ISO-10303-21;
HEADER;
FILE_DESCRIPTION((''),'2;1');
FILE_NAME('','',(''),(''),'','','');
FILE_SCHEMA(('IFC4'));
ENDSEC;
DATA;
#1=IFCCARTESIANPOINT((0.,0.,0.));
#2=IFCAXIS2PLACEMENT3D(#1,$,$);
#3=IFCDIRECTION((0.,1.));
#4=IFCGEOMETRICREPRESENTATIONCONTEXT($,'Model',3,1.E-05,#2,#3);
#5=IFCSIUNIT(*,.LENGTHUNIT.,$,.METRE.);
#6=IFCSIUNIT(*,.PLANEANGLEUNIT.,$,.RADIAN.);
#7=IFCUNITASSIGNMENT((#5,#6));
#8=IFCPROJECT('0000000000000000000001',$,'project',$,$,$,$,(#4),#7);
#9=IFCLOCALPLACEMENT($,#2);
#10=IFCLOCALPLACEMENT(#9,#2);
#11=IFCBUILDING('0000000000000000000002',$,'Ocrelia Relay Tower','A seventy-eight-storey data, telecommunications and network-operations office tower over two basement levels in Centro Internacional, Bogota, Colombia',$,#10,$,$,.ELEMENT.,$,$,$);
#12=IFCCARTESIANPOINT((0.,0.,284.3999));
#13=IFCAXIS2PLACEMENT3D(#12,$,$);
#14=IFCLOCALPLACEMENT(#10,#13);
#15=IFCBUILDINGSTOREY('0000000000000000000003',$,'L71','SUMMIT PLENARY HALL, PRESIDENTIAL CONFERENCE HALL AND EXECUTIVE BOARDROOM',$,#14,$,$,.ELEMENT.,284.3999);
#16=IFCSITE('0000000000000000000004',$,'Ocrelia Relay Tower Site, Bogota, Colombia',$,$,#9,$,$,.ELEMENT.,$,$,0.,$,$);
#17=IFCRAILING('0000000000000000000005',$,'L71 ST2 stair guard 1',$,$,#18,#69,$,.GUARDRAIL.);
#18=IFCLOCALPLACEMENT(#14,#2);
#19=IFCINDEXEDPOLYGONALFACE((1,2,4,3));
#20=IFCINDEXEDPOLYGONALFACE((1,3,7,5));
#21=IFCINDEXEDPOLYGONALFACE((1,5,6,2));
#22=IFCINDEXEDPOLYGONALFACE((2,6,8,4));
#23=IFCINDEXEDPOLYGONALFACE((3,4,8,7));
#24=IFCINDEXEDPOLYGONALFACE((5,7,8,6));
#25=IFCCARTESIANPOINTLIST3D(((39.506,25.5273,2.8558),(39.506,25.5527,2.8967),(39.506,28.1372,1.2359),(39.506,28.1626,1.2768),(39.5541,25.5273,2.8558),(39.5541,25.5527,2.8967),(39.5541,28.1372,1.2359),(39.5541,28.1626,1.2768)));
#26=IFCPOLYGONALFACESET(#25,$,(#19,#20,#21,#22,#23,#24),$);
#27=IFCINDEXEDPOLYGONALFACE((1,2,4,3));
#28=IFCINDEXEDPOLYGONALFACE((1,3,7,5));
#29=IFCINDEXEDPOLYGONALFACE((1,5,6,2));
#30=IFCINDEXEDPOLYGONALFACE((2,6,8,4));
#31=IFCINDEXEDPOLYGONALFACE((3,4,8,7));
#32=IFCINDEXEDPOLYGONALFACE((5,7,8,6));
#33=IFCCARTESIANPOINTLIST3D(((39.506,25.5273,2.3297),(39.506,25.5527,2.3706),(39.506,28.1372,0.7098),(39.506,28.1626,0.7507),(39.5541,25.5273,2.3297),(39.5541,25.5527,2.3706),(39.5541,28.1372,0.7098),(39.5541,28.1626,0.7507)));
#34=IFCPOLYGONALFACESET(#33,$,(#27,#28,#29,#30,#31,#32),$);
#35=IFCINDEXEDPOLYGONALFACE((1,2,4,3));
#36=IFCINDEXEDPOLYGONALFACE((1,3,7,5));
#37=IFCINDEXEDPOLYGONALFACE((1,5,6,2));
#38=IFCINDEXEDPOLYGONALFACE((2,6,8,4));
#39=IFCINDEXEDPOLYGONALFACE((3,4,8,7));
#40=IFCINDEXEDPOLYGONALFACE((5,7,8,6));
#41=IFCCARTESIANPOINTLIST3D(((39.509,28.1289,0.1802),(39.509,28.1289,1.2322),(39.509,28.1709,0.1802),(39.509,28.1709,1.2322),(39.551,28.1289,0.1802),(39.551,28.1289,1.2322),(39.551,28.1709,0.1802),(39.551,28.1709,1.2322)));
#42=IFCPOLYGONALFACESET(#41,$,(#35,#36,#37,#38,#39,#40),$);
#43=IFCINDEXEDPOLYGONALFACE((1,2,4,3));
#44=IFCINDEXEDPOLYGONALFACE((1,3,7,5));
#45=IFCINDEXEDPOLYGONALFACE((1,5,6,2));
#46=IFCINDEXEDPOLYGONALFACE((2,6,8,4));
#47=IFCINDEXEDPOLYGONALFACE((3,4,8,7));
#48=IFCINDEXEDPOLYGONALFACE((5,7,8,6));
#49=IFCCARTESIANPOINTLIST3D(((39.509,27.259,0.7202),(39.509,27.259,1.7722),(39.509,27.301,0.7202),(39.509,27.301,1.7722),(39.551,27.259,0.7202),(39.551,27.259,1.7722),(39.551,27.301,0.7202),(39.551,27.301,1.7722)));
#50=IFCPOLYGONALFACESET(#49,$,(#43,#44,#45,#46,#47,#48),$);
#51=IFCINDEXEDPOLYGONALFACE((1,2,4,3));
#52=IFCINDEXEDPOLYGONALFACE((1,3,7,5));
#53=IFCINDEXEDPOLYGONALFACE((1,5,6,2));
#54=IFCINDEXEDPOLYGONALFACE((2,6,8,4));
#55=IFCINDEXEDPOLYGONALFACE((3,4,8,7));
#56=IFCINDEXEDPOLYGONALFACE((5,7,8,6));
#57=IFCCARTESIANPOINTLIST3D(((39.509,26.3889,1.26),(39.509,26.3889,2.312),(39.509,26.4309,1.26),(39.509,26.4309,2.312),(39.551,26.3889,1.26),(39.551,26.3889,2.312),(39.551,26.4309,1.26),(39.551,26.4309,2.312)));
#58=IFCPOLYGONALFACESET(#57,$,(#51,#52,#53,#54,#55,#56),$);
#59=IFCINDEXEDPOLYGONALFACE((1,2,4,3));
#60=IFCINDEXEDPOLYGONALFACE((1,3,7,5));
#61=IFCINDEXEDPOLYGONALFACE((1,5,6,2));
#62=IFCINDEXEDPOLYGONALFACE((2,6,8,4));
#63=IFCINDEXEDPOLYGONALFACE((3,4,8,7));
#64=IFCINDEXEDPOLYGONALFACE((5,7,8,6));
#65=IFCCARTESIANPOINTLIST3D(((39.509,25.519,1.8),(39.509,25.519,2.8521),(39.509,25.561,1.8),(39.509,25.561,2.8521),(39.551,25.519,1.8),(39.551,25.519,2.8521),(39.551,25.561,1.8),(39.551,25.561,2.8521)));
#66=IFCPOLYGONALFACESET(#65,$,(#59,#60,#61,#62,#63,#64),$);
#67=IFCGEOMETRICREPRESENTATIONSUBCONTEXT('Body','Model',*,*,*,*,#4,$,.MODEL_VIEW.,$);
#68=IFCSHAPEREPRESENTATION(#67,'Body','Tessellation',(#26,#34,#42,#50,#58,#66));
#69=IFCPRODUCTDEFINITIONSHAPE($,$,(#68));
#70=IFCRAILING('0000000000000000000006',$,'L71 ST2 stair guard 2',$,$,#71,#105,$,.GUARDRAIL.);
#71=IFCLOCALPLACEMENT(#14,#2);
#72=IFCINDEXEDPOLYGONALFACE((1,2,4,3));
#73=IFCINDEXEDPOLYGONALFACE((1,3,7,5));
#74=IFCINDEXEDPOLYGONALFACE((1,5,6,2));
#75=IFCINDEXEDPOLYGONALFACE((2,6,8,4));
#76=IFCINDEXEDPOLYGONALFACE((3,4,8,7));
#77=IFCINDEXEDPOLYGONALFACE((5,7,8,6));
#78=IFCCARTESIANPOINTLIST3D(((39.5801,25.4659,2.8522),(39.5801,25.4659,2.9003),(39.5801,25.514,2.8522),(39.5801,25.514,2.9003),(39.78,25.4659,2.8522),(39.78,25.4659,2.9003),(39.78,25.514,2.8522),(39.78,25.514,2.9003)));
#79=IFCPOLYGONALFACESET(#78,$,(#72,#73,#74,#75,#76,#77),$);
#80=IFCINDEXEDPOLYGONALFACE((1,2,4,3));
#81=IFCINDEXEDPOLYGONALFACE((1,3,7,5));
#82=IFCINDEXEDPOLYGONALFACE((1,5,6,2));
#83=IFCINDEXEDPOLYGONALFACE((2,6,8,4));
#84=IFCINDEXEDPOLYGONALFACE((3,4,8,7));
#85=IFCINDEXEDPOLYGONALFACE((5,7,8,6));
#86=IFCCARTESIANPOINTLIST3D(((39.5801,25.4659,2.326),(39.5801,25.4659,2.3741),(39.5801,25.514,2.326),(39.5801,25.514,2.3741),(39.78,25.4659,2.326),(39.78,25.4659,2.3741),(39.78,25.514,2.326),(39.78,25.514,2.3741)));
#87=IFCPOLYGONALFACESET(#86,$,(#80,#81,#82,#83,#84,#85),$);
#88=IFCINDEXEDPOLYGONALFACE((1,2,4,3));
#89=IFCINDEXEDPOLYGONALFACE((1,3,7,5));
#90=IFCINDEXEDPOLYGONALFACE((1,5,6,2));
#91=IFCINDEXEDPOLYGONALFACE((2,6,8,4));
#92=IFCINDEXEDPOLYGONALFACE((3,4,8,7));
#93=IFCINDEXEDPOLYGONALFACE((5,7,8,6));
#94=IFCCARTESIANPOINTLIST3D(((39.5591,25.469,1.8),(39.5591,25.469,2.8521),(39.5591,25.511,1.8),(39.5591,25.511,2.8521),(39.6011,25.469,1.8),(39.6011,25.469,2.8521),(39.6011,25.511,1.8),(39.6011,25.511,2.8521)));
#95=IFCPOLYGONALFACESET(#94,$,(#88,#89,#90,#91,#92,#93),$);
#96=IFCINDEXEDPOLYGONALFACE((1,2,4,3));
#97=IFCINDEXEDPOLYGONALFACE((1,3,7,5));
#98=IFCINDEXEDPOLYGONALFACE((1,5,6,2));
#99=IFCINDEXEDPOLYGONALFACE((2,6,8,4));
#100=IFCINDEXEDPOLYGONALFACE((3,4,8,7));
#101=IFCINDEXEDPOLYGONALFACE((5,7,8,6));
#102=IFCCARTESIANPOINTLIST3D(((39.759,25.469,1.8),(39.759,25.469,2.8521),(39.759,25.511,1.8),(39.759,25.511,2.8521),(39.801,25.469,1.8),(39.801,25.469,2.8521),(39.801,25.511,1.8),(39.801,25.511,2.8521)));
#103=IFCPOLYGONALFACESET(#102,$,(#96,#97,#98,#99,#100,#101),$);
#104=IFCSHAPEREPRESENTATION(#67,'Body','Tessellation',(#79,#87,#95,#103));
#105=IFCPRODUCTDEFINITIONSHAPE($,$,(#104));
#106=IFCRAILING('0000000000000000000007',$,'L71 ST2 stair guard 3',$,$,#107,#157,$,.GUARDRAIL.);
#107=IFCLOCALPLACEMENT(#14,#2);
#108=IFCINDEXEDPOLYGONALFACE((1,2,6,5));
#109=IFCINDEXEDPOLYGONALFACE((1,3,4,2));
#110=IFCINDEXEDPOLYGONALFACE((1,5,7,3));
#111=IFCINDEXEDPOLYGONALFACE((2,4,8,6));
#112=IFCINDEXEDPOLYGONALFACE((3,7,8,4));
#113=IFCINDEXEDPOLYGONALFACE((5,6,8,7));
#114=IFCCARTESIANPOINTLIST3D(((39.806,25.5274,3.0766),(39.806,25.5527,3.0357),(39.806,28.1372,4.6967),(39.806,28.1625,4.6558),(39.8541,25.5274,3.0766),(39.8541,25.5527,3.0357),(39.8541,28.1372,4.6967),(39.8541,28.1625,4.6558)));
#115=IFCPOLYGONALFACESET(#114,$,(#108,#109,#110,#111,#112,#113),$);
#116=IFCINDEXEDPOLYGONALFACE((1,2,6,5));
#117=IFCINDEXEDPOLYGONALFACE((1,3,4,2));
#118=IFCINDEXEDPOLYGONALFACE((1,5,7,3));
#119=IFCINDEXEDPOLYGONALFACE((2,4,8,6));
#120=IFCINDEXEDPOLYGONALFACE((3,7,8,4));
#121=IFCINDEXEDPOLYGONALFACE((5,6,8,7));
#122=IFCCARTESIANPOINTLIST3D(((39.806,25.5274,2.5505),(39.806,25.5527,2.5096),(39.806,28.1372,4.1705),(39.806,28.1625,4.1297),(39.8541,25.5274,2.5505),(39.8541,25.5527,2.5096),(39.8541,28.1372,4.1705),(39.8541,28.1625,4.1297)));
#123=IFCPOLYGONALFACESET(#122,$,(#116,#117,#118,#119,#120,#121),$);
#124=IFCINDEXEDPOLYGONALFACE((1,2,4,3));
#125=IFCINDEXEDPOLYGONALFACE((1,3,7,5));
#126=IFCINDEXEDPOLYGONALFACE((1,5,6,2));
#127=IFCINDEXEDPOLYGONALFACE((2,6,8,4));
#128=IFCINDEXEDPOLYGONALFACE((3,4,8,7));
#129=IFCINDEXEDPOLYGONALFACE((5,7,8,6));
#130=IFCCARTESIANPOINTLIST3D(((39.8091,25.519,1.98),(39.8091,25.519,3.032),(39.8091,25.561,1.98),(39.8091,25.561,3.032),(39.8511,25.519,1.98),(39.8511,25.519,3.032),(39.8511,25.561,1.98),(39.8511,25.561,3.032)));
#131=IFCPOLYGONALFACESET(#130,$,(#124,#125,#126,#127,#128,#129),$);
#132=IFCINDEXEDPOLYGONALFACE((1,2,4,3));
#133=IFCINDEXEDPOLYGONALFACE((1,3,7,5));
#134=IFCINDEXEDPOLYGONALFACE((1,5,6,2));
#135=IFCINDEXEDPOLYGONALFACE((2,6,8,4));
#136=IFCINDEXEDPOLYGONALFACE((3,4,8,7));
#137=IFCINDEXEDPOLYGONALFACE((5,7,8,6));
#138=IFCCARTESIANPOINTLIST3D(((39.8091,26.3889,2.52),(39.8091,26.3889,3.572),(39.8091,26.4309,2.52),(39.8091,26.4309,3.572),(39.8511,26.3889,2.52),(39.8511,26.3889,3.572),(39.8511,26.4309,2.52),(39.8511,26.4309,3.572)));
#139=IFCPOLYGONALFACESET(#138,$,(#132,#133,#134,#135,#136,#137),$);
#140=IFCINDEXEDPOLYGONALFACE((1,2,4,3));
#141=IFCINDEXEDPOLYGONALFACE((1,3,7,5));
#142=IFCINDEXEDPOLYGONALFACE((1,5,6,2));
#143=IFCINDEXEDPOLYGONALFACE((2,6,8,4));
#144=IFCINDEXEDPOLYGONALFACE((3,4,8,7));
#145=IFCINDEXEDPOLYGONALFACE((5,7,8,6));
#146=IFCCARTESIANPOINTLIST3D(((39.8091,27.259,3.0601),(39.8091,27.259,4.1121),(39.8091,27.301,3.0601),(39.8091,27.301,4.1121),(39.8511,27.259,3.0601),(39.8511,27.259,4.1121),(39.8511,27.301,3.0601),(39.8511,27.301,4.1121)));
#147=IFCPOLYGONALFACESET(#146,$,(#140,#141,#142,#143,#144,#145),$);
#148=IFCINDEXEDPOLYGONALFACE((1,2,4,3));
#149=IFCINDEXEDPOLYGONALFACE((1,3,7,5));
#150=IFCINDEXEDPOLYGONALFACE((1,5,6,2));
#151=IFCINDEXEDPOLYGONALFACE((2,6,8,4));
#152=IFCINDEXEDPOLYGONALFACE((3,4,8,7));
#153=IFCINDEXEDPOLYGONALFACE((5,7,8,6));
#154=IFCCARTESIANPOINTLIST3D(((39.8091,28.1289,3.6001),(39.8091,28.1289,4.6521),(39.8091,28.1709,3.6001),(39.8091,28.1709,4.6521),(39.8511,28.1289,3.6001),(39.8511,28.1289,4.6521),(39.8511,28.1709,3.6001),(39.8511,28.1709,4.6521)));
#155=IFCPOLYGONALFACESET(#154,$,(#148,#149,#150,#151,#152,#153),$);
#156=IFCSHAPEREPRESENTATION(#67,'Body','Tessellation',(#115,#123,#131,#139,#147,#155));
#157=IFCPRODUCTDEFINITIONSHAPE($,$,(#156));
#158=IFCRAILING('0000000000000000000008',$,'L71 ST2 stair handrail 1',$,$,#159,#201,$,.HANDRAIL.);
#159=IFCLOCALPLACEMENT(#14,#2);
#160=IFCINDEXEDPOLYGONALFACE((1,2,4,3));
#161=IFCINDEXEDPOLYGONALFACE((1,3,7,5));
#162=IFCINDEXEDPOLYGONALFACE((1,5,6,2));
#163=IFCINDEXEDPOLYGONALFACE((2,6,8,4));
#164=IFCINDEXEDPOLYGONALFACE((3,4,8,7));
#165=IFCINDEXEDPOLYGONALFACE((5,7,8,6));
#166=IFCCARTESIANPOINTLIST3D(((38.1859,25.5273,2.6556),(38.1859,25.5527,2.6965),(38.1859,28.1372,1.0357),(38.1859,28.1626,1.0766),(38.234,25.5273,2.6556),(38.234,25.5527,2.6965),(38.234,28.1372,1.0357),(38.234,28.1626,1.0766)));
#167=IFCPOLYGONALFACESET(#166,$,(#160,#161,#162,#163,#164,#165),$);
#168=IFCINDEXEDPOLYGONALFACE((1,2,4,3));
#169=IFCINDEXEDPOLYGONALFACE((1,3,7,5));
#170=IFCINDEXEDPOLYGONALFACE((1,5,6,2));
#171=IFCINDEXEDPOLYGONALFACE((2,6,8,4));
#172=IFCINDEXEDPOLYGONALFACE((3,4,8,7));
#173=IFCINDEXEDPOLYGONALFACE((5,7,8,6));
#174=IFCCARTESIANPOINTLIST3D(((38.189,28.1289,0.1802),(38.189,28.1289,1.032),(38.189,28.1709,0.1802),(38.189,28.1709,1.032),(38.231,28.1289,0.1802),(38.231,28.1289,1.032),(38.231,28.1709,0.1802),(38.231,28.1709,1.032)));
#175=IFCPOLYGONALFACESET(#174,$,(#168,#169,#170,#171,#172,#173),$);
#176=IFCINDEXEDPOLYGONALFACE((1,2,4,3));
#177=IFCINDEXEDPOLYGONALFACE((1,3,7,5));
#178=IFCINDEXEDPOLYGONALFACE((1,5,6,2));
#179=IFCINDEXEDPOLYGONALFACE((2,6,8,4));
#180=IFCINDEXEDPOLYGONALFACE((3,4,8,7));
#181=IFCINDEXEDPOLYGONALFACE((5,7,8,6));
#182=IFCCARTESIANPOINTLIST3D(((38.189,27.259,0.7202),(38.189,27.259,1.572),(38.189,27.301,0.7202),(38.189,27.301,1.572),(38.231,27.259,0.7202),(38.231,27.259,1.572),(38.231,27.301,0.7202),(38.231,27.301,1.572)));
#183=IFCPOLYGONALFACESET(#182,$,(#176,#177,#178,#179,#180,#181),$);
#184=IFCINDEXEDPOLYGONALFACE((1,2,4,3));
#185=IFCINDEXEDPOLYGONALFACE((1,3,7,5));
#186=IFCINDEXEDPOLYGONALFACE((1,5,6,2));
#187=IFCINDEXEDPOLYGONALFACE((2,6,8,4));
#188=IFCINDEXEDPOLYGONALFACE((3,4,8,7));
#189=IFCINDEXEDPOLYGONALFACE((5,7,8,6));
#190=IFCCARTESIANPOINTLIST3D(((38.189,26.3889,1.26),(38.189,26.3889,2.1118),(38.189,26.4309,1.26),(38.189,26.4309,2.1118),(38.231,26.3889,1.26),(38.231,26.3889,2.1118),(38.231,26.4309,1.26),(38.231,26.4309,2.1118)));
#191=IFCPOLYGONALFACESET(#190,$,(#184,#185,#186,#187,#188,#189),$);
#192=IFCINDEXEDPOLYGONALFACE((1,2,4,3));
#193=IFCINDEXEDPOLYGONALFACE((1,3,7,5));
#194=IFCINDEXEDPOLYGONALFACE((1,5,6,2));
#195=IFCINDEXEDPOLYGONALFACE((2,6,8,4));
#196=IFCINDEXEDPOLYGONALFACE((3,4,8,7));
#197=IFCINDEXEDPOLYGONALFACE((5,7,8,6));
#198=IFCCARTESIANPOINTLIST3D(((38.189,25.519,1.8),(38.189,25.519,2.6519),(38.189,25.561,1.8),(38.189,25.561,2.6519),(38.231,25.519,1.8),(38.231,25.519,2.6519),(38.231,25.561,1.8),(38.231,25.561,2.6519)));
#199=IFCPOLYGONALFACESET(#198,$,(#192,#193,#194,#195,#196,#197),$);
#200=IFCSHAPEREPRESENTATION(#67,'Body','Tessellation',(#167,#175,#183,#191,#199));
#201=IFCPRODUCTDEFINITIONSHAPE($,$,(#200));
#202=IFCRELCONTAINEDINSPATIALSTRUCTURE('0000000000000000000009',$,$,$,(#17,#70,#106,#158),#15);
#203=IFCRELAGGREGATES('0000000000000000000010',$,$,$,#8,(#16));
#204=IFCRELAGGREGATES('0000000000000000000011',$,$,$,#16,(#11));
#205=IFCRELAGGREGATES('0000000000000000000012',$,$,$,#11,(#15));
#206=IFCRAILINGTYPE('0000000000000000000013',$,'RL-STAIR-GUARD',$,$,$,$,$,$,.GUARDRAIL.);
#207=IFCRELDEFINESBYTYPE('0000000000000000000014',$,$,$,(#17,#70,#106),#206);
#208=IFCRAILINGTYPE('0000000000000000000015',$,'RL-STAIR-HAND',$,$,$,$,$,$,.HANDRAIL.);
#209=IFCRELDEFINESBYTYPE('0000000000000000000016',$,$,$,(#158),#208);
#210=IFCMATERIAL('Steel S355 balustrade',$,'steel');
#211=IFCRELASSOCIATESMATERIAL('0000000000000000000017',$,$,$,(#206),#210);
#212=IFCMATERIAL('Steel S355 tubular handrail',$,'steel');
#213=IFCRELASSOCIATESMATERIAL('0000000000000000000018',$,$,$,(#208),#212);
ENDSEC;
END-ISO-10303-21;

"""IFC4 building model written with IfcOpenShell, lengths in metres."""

from ifc_helpers import new_model, si_unit, direction, frame, origin, origin_2d, place, context, subcontext, project, spatial, rectangle, extrude, material, type_object, element, save


model = new_model("IFC4")

# Units and contexts
model_context = context("Model", 3, precision=1e-05, world=origin(), true_north=direction((0.0, 1.0)))
body_context = subcontext(model_context, "Body", "Model", "MODEL_VIEW")
ifc_project = project(units=[si_unit("LENGTHUNIT", "METRE"), si_unit("PLANEANGLEUNIT", "RADIAN")], contexts=[model_context])

# Site, building, storey
site_placement = place(None, origin())
site = spatial("IfcSite", under=ifc_project, at=site_placement, Name="Ocrelia Relay Tower Site, Bogota, Colombia", CompositionType="ELEMENT", RefElevation=0.0)
building_placement = place(site_placement, origin())
building = spatial("IfcBuilding", under=site, at=building_placement, Name="Ocrelia Relay Tower", Description="A seventy-eight-storey data, telecommunications and network-operations office tower over two basement levels in Centro Internacional, Bogota, Colombia", CompositionType="ELEMENT")
storey_placement = place(building_placement, frame((0.0, 0.0, 284.3999)))
storey = spatial("IfcBuildingStorey", under=building, at=storey_placement, Name="L71", Description="SUMMIT PLENARY HALL, PRESIDENTIAL CONFERENCE HALL AND EXECUTIVE BOARDROOM", CompositionType="ELEMENT", Elevation=284.3999)

# Railings
ifc_material_1 = material(Name="Steel S355 balustrade", Category="steel")
railing_type_1 = type_object("IfcRailingType", Name="RL-STAIR-GUARD", PredefinedType="GUARDRAIL", material=ifc_material_1)
railing_1_placement = place(storey_placement, frame((39.53, 28.1499, 0.1802)))
element("IfcRailing", 1, at=railing_1_placement, inside=storey, type_object=railing_type_1, Name="L71 ST2 stair guard 1", PredefinedType="GUARDRAIL", context=body_context, shape_type="SweptSolid", body=[
    extrude(rectangle(XDim=0.0481, YDim=0.0481, at=origin_2d()), frame((0.0, 0.0, 1.0762), z_axis=(0.0, -0.849646, 0.527353), x_axis=(1.0, 0.0, 0.0)), (0.0, 0.0, 1.0), 3.0718),
    extrude(rectangle(XDim=0.0481, YDim=0.0481, at=origin_2d()), frame((0.0, 0.0, 0.55), z_axis=(0.0, -0.849646, 0.527353), x_axis=(1.0, 0.0, 0.0)), (0.0, 0.0, 1.0), 3.0718),
    extrude(rectangle(XDim=0.042, YDim=0.042, at=origin_2d()), origin(), (0.0, 0.0, 1.0), 1.052),
    extrude(rectangle(XDim=0.042, YDim=0.042, at=origin_2d()), frame((0.0, -0.8699, 0.54)), (0.0, 0.0, 1.0), 1.052),
    extrude(rectangle(XDim=0.042, YDim=0.042, at=origin_2d()), frame((0.0, -1.74, 1.0798)), (0.0, 0.0, 1.0), 1.052),
    extrude(rectangle(XDim=0.042, YDim=0.042, at=origin_2d()), frame((0.0, -2.6099, 1.6199)), (0.0, 0.0, 1.0), 1.052),
])
railing_2_placement = place(storey_placement, frame((39.5801, 25.49, 1.8)))
element("IfcRailing", 2, at=railing_2_placement, inside=storey, type_object=railing_type_1, Name="L71 ST2 stair guard 2", PredefinedType="GUARDRAIL", context=body_context, shape_type="SweptSolid", body=[
    extrude(rectangle(XDim=0.0481, YDim=0.0481, at=origin_2d()), frame((0.0, 0.0, 1.0762), z_axis=(1.0, 0.0, 0.0), x_axis=(0.0, 1.0, 0.0)), (0.0, 0.0, 1.0), 0.2),
    extrude(rectangle(XDim=0.0481, YDim=0.0481, at=origin_2d()), frame((0.0, 0.0, 0.55), z_axis=(1.0, 0.0, 0.0), x_axis=(0.0, 1.0, 0.0)), (0.0, 0.0, 1.0), 0.2),
    extrude(rectangle(XDim=0.042, YDim=0.042, at=origin_2d()), origin(), (0.0, 0.0, 1.0), 1.052),
    extrude(rectangle(XDim=0.042, YDim=0.042, at=origin_2d()), frame((0.2, 0.0, 0.0)), (0.0, 0.0, 1.0), 1.052),
])
railing_3_placement = place(storey_placement, frame((39.8301, 25.54, 1.98)))
element("IfcRailing", 3, at=railing_3_placement, inside=storey, type_object=railing_type_1, Name="L71 ST2 stair guard 3", PredefinedType="GUARDRAIL", context=body_context, shape_type="SweptSolid", body=[
    extrude(rectangle(XDim=0.0481, YDim=0.0481, at=origin_2d()), frame((0.0, 0.0, 1.0762), z_axis=(0.0, 0.849611, 0.52741), x_axis=(-1.0, 0.0, 0.0)), (0.0, 0.0, 1.0), 3.0718),
    extrude(rectangle(XDim=0.0481, YDim=0.0481, at=origin_2d()), frame((0.0, 0.0, 0.55), z_axis=(0.0, 0.849611, 0.52741), x_axis=(-1.0, 0.0, 0.0)), (0.0, 0.0, 1.0), 3.0718),
    extrude(rectangle(XDim=0.042, YDim=0.042, at=origin_2d()), origin(), (0.0, 0.0, 1.0), 1.052),
    extrude(rectangle(XDim=0.042, YDim=0.042, at=origin_2d()), frame((0.0, 0.8699, 0.54)), (0.0, 0.0, 1.0), 1.052),
    extrude(rectangle(XDim=0.042, YDim=0.042, at=origin_2d()), frame((0.0, 1.74, 1.0801)), (0.0, 0.0, 1.0), 1.052),
    extrude(rectangle(XDim=0.042, YDim=0.042, at=origin_2d()), frame((0.0, 2.6099, 1.6201)), (0.0, 0.0, 1.0), 1.052),
])
ifc_material_2 = material(Name="Steel S355 tubular handrail", Category="steel")
railing_type_2 = type_object("IfcRailingType", Name="RL-STAIR-HAND", PredefinedType="HANDRAIL", material=ifc_material_2)
railing_4_placement = place(storey_placement, frame((38.21, 28.1499, 0.1802)))
element("IfcRailing", 4, at=railing_4_placement, inside=storey, type_object=railing_type_2, Name="L71 ST2 stair handrail 1", PredefinedType="HANDRAIL", context=body_context, shape_type="SweptSolid", body=[
    extrude(rectangle(XDim=0.0481, YDim=0.0481, at=origin_2d()), frame((0.0, 0.0, 0.876), z_axis=(0.0, -0.849646, 0.527353), x_axis=(1.0, 0.0, 0.0)), (0.0, 0.0, 1.0), 3.0718),
    extrude(rectangle(XDim=0.042, YDim=0.042, at=origin_2d()), origin(), (0.0, 0.0, 1.0), 0.8518),
    extrude(rectangle(XDim=0.042, YDim=0.042, at=origin_2d()), frame((0.0, -0.8699, 0.54)), (0.0, 0.0, 1.0), 0.8518),
    extrude(rectangle(XDim=0.042, YDim=0.042, at=origin_2d()), frame((0.0, -1.74, 1.0798)), (0.0, 0.0, 1.0), 0.8518),
    extrude(rectangle(XDim=0.042, YDim=0.042, at=origin_2d()), frame((0.0, -2.6099, 1.6199)), (0.0, 0.0, 1.0), 0.8518),
])

save(model, "model.ifc")
